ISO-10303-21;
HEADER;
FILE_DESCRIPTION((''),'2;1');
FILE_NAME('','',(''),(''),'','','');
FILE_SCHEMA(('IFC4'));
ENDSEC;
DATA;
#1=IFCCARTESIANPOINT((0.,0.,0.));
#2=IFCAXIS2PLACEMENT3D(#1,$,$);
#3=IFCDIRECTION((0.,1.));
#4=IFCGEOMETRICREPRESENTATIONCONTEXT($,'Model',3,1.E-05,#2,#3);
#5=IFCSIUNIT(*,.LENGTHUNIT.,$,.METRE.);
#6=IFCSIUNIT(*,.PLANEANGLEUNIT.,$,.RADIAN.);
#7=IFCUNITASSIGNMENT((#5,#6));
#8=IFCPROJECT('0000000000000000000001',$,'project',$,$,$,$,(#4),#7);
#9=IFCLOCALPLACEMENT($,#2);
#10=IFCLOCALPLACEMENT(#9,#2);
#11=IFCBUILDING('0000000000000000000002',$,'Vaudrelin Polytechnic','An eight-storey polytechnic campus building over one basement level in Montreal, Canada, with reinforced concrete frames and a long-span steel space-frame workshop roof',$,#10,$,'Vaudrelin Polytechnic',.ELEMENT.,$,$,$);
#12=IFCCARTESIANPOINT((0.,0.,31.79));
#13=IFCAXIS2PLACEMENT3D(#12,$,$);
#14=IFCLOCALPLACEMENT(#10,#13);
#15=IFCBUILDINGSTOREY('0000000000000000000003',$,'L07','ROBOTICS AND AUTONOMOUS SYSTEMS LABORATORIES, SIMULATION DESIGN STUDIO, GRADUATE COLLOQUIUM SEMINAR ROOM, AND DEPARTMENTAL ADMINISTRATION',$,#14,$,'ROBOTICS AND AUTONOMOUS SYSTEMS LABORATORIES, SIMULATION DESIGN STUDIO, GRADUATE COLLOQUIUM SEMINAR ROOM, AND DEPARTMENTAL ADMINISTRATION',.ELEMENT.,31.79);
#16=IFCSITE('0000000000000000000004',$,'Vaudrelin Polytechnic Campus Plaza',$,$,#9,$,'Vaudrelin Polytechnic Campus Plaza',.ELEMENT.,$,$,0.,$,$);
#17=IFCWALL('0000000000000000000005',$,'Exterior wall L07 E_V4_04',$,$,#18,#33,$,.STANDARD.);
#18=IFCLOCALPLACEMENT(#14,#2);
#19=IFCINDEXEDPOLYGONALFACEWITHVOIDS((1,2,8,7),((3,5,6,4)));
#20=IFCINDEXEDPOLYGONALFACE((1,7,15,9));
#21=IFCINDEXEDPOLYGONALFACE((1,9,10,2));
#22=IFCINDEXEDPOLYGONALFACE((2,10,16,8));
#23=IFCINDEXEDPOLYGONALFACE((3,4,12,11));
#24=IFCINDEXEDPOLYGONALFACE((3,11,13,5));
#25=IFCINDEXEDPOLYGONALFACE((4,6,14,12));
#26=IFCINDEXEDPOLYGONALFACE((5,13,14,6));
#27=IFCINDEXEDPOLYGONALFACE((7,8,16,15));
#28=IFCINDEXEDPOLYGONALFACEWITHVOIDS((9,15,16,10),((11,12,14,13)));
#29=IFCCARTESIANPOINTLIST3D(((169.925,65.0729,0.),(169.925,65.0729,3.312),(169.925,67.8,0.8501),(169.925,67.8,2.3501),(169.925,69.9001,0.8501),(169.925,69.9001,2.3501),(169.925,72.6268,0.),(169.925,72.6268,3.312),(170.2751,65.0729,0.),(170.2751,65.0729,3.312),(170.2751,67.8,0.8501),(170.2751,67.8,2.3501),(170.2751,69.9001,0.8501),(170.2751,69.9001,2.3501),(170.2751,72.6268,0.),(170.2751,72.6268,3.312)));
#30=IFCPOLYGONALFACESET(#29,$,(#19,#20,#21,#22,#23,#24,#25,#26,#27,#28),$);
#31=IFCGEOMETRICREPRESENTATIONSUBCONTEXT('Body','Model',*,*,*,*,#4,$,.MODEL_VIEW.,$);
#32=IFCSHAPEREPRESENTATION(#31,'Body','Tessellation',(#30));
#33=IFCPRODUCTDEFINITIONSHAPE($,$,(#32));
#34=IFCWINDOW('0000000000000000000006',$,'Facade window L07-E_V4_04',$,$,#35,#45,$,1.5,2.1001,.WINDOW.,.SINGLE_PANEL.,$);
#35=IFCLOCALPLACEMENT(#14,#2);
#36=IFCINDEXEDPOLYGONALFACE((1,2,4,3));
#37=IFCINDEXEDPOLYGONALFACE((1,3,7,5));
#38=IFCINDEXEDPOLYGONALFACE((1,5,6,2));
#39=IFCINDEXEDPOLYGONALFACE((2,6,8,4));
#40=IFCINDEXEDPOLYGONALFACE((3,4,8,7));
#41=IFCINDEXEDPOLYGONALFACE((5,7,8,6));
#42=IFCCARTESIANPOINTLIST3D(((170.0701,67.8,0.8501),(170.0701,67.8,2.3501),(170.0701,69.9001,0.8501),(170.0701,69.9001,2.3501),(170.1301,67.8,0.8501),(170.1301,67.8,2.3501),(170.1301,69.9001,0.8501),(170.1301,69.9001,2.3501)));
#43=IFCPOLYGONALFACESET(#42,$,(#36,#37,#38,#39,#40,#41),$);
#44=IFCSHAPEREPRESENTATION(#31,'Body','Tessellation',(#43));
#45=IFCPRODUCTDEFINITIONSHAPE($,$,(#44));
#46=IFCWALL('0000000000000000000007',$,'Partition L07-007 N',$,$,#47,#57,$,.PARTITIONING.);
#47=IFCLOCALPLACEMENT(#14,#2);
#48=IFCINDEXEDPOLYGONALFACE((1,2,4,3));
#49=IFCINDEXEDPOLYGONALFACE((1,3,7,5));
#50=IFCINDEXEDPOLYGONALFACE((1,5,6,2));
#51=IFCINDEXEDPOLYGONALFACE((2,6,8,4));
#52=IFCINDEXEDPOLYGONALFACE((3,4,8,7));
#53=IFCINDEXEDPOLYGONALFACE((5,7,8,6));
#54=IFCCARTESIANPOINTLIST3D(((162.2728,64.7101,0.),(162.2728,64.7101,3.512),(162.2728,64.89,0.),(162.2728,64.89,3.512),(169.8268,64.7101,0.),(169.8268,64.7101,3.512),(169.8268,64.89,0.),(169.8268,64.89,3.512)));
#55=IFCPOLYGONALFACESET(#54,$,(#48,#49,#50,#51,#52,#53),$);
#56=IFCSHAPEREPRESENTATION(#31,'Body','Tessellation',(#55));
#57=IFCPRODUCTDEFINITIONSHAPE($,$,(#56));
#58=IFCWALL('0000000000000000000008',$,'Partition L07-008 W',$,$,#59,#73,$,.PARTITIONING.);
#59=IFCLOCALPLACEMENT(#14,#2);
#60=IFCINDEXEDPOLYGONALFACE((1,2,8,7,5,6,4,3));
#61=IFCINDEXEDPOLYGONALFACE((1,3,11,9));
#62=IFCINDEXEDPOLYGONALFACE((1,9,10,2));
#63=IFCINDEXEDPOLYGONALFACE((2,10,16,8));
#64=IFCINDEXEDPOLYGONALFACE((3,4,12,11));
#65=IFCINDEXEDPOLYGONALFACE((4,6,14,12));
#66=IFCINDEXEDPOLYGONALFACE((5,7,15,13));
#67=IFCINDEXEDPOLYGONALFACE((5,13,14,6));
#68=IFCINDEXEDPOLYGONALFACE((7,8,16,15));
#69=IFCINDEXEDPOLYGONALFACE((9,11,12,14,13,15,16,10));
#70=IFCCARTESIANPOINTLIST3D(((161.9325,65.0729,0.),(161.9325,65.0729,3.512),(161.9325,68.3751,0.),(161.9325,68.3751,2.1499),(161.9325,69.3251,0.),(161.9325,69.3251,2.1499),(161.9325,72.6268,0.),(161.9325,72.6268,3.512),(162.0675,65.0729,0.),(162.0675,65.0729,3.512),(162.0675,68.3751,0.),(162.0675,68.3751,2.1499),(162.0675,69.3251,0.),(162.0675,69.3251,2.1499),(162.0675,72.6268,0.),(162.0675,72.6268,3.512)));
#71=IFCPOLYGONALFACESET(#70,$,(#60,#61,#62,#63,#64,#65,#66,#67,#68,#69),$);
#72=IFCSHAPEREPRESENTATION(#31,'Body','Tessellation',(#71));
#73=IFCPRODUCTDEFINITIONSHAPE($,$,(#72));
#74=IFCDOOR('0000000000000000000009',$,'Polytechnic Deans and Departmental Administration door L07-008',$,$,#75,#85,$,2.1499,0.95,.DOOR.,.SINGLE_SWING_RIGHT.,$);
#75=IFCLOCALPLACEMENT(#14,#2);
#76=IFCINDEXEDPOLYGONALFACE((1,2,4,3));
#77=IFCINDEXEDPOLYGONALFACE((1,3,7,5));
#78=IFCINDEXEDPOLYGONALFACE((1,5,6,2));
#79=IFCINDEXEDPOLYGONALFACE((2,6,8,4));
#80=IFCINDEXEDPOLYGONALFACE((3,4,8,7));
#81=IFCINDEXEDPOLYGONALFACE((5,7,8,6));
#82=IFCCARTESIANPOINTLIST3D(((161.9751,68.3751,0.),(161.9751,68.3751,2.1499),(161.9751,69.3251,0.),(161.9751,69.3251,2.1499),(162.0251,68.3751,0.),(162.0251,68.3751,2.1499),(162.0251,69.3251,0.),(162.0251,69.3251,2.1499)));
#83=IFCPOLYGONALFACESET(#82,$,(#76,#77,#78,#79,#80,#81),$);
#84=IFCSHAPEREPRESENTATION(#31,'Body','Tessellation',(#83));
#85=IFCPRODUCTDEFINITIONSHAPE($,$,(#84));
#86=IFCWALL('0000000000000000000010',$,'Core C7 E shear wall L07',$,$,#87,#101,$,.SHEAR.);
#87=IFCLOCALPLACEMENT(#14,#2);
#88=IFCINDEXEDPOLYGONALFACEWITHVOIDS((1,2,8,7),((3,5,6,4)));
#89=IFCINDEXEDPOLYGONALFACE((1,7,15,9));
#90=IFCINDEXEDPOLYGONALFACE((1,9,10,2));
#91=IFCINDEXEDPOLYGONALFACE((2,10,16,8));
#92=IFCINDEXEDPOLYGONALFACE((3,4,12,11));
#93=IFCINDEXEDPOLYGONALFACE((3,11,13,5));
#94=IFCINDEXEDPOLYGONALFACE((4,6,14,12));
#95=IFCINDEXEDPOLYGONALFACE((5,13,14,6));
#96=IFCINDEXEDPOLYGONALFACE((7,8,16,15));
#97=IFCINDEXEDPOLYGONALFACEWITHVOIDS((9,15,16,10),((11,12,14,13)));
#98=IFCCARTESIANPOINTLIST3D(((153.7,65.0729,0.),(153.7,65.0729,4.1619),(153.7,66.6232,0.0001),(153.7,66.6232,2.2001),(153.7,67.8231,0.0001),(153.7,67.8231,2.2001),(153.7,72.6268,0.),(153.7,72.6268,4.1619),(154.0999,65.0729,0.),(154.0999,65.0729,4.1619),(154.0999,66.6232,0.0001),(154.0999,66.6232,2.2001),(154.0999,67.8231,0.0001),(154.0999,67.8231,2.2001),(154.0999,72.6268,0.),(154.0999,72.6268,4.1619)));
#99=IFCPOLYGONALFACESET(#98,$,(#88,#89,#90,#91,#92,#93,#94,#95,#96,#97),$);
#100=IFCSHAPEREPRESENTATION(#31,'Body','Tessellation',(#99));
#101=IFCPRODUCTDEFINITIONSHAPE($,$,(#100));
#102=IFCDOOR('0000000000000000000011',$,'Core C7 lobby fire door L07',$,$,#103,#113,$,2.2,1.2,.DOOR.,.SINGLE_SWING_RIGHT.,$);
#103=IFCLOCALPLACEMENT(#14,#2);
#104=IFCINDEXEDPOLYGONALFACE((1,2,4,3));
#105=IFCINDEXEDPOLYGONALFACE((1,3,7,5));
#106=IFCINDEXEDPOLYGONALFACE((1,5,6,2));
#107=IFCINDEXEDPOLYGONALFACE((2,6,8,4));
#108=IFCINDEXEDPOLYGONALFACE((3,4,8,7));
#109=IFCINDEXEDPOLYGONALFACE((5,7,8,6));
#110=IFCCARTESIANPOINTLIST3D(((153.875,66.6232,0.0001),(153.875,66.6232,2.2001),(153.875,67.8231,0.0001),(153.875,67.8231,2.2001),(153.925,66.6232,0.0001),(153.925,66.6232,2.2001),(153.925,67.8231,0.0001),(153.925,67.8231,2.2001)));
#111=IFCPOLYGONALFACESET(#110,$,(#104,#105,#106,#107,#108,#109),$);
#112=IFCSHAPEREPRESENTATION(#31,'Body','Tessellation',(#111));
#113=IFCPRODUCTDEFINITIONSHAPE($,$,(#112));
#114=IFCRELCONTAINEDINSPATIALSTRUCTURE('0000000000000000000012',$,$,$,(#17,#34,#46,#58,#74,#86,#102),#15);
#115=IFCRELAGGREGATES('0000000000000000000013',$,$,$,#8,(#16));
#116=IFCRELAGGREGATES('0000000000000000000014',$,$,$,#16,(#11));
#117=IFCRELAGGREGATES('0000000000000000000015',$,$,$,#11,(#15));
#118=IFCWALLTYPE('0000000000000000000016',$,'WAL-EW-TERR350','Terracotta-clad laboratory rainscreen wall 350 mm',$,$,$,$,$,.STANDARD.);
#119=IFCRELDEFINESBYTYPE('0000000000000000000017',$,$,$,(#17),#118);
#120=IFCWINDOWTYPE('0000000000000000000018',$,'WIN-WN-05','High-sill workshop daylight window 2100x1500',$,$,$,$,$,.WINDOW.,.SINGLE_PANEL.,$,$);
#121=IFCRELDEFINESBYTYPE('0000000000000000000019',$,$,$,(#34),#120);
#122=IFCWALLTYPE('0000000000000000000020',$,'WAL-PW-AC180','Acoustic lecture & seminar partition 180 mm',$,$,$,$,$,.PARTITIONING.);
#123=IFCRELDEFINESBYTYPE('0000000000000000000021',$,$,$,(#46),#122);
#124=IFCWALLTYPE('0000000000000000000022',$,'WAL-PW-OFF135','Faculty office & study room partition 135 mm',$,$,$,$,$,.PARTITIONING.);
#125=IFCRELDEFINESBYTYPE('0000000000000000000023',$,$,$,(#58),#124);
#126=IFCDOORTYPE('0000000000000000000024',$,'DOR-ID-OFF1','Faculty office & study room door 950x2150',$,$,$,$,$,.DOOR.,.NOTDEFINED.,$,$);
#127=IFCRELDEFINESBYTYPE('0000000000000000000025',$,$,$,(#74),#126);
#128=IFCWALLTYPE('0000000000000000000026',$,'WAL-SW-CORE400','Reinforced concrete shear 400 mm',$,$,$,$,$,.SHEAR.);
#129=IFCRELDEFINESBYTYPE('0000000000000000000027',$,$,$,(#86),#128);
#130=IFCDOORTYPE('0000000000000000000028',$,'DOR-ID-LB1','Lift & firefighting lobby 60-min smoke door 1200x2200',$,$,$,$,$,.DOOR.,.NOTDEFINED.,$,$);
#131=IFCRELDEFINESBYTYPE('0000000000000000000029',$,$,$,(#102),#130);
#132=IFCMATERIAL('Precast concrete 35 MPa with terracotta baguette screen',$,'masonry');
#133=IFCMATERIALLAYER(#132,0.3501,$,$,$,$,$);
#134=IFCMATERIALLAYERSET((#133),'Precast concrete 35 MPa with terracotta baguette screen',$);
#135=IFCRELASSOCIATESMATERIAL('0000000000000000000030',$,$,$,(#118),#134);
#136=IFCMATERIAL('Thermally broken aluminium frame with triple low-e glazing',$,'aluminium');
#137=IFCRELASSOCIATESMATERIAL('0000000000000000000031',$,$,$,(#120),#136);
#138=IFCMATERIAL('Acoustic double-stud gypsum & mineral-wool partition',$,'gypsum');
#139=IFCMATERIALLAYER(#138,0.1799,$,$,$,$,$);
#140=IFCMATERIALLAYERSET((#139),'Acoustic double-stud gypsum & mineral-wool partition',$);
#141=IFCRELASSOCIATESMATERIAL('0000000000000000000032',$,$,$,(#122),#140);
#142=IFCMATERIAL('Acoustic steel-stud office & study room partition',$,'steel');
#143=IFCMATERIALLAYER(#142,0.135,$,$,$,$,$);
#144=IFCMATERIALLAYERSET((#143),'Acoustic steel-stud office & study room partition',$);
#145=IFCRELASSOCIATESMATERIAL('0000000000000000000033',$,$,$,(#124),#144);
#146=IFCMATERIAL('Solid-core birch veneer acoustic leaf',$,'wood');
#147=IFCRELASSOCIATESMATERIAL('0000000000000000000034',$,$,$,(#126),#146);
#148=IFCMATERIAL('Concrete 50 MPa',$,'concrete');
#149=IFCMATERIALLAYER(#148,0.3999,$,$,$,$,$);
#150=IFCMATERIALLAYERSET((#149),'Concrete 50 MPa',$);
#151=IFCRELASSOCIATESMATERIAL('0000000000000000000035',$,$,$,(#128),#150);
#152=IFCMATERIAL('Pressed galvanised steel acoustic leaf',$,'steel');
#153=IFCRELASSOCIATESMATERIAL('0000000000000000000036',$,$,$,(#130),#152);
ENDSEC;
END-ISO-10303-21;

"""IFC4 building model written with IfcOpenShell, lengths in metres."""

from ifc_helpers import new_model, si_unit, direction, frame, frame_2d, origin, place, context, subcontext, project, spatial, rectangle, extrude, material, layer, layer_set, type_object, element, fill, save


model = new_model("IFC4")

# Units and contexts
model_context = context("Model", 3, precision=1e-05, world=origin(), true_north=direction((0.0, 1.0)))
body_context = subcontext(model_context, "Body", "Model", "MODEL_VIEW")
ifc_project = project(units=[si_unit("LENGTHUNIT", "METRE"), si_unit("PLANEANGLEUNIT", "RADIAN")], contexts=[model_context])

# Site, building, storey
site_placement = place(None, origin())
site = spatial("IfcSite", under=ifc_project, at=site_placement, Name="Vaudrelin Polytechnic Campus Plaza", LongName="Vaudrelin Polytechnic Campus Plaza", CompositionType="ELEMENT", RefElevation=0.0)
building_placement = place(site_placement, origin())
building = spatial("IfcBuilding", under=site, at=building_placement, Name="Vaudrelin Polytechnic", Description="An eight-storey polytechnic campus building over one basement level in Montreal, Canada, with reinforced concrete frames and a long-span steel space-frame workshop roof", LongName="Vaudrelin Polytechnic", CompositionType="ELEMENT")
storey_placement = place(building_placement, frame((0.0, 0.0, 31.79)))
storey = spatial("IfcBuildingStorey", under=building, at=storey_placement, Name="L07", Description="ROBOTICS AND AUTONOMOUS SYSTEMS LABORATORIES, SIMULATION DESIGN STUDIO, GRADUATE COLLOQUIUM SEMINAR ROOM, AND DEPARTMENTAL ADMINISTRATION", LongName="ROBOTICS AND AUTONOMOUS SYSTEMS LABORATORIES, SIMULATION DESIGN STUDIO, GRADUATE COLLOQUIUM SEMINAR ROOM, AND DEPARTMENTAL ADMINISTRATION", CompositionType="ELEMENT", Elevation=31.79)

# Shared definitions
ifc_material_1 = material(Name="Concrete 50 MPa", Category="concrete")

# Wall, opening, window
ifc_material_2 = material(Name="Precast concrete 35 MPa with terracotta baguette screen", Category="masonry")
ifc_layer_1 = layer(ifc_material_2, 0.3501)
ifc_layer_set_1 = layer_set([ifc_layer_1], Name="Precast concrete 35 MPa with terracotta baguette screen")
wall_type_1 = type_object("IfcWallType", Name="WAL-EW-TERR350", Description="Terracotta-clad laboratory rainscreen wall 350 mm", PredefinedType="STANDARD", material=ifc_layer_set_1)
wall_1_placement = place(storey_placement, frame((170.1001, 65.073, 0.0), z_axis=(0.0, 0.0, 1.0), x_axis=(0.0, 1.0, 0.0)))
wall_1 = element("IfcWall", 1, at=wall_1_placement, inside=storey, type_object=wall_type_1, Name="Exterior wall L07 E_V4_04", PredefinedType="STANDARD", context=body_context, shape_type="SweptSolid", body=[
    extrude(rectangle(XDim=7.554, YDim=0.3501, at=frame_2d((3.7769, 0.0))), origin(), (0.0, 0.0, 1.0), 3.312),
])
opening_1_placement = place(wall_1_placement, frame((2.7271, 0.0, 0.8501)))
opening_1 = element("IfcOpeningElement", 2, at=opening_1_placement, cuts=wall_1, PredefinedType="OPENING", context=body_context, shape_type="SweptSolid", body=[
    extrude(rectangle(XDim=2.1001, YDim=1.5, at=frame_2d((1.05, 0.75))), frame((0.0, 0.1851, 0.0), z_axis=(0.0, -1.0, 0.0), x_axis=(1.0, 0.0, 0.0)), (0.0, 0.0, 1.0), 0.3701),
])
ifc_material_3 = material(Name="Thermally broken aluminium frame with triple low-e glazing", Category="aluminium")
window_type = type_object("IfcWindowType", Name="WIN-WN-05", Description="High-sill workshop daylight window 2100x1500", PartitioningType="SINGLE_PANEL", PredefinedType="WINDOW", material=ifc_material_3)
window_placement = place(opening_1_placement, origin())
window = element("IfcWindow", 3, at=window_placement, inside=storey, type_object=window_type, Name="Facade window L07-E_V4_04", OverallHeight=1.5, OverallWidth=2.1001, PartitioningType="SINGLE_PANEL", PredefinedType="WINDOW", context=body_context, shape_type="SweptSolid", body=[
    extrude(rectangle(XDim=2.1001, YDim=1.5, at=frame_2d((1.05, 0.75))), frame((0.0, 0.03, 0.0), z_axis=(0.0, -1.0, 0.0), x_axis=(1.0, 0.0, 0.0)), (0.0, 0.0, 1.0), 0.0601),
])
fill(opening_1, window)

# Wall
ifc_material_4 = material(Name="Acoustic double-stud gypsum & mineral-wool partition", Category="gypsum")
ifc_layer_2 = layer(ifc_material_4, 0.1799)
ifc_layer_set_2 = layer_set([ifc_layer_2], Name="Acoustic double-stud gypsum & mineral-wool partition")
wall_type_2 = type_object("IfcWallType", Name="WAL-PW-AC180", Description="Acoustic lecture & seminar partition 180 mm", PredefinedType="PARTITIONING", material=ifc_layer_set_2)
wall_2_placement = place(storey_placement, frame((162.2729, 64.8, 0.0), z_axis=(0.0, 0.0, 1.0), x_axis=(1.0, 0.0, 0.0)))
element("IfcWall", 4, at=wall_2_placement, inside=storey, type_object=wall_type_2, Name="Partition L07-007 N", PredefinedType="PARTITIONING", context=body_context, shape_type="SweptSolid", body=[
    extrude(rectangle(XDim=7.554, YDim=0.1799, at=frame_2d((3.7769, 0.0))), origin(), (0.0, 0.0, 1.0), 3.512),
])

# Walls, openings, doors
ifc_material_5 = material(Name="Acoustic steel-stud office & study room partition", Category="steel")
ifc_layer_3 = layer(ifc_material_5, 0.135)
ifc_layer_set_3 = layer_set([ifc_layer_3], Name="Acoustic steel-stud office & study room partition")
wall_type_3 = type_object("IfcWallType", Name="WAL-PW-OFF135", Description="Faculty office & study room partition 135 mm", PredefinedType="PARTITIONING", material=ifc_layer_set_3)
wall_3_placement = place(storey_placement, frame((162.0, 65.073, 0.0), z_axis=(0.0, 0.0, 1.0), x_axis=(0.0, 1.0, 0.0)))
wall_3 = element("IfcWall", 5, at=wall_3_placement, inside=storey, type_object=wall_type_3, Name="Partition L07-008 W", PredefinedType="PARTITIONING", context=body_context, shape_type="SweptSolid", body=[
    extrude(rectangle(XDim=7.554, YDim=0.135, at=frame_2d((3.7769, 0.0))), origin(), (0.0, 0.0, 1.0), 3.512),
])
opening_2_placement = place(wall_3_placement, frame((3.302, 0.0, 0.0)))
opening_2 = element("IfcOpeningElement", 6, at=opening_2_placement, cuts=wall_3, PredefinedType="OPENING", context=body_context, shape_type="SweptSolid", body=[
    extrude(rectangle(XDim=0.95, YDim=2.1499, at=frame_2d((0.4751, 1.075))), frame((0.0, 0.0776, 0.0), z_axis=(0.0, -1.0, 0.0), x_axis=(1.0, 0.0, 0.0)), (0.0, 0.0, 1.0), 0.155),
])
ifc_material_6 = material(Name="Solid-core birch veneer acoustic leaf", Category="wood")
door_type_1 = type_object("IfcDoorType", Name="DOR-ID-OFF1", Description="Faculty office & study room door 950x2150", OperationType="NOTDEFINED", PredefinedType="DOOR", material=ifc_material_6)
door_1_placement = place(opening_2_placement, origin())
door_1 = element("IfcDoor", 7, at=door_1_placement, inside=storey, type_object=door_type_1, Name="Polytechnic Deans and Departmental Administration door L07-008", OperationType="SINGLE_SWING_RIGHT", OverallHeight=2.1499, OverallWidth=0.95, PredefinedType="DOOR", context=body_context, shape_type="SweptSolid", body=[
    extrude(rectangle(XDim=0.95, YDim=2.1499, at=frame_2d((0.4751, 1.075))), frame((0.0, 0.0249, 0.0), z_axis=(0.0, -1.0, 0.0), x_axis=(1.0, 0.0, 0.0)), (0.0, 0.0, 1.0), 0.05),
])
fill(opening_2, door_1)
ifc_layer_4 = layer(ifc_material_1, 0.3999)
ifc_layer_set_4 = layer_set([ifc_layer_4], Name="Concrete 50 MPa")
wall_type_4 = type_object("IfcWallType", Name="WAL-SW-CORE400", Description="Reinforced concrete shear 400 mm", PredefinedType="SHEAR", material=ifc_layer_set_4)
wall_4_placement = place(storey_placement, frame((153.8999, 65.073, 0.0), z_axis=(0.0, 0.0, 1.0), x_axis=(0.0, 1.0, 0.0)))
wall_4 = element("IfcWall", 8, at=wall_4_placement, inside=storey, type_object=wall_type_4, Name="Core C7 E shear wall L07", PredefinedType="SHEAR", context=body_context, shape_type="SweptSolid", body=[
    extrude(rectangle(XDim=7.554, YDim=0.3999, at=frame_2d((3.7769, 0.0))), origin(), (0.0, 0.0, 1.0), 4.1619),
])
opening_3_placement = place(wall_4_placement, frame((1.55, 0.0, 0.0)))
opening_3 = element("IfcOpeningElement", 9, at=opening_3_placement, cuts=wall_4, PredefinedType="OPENING", context=body_context, shape_type="SweptSolid", body=[
    extrude(rectangle(XDim=1.2, YDim=2.2, at=frame_2d((0.6001, 1.1001))), frame((0.0, 0.21, 0.0), z_axis=(0.0, -1.0, 0.0), x_axis=(1.0, 0.0, 0.0)), (0.0, 0.0, 1.0), 0.4199),
])
ifc_material_7 = material(Name="Pressed galvanised steel acoustic leaf", Category="steel")
door_type_2 = type_object("IfcDoorType", Name="DOR-ID-LB1", Description="Lift & firefighting lobby 60-min smoke door 1200x2200", OperationType="NOTDEFINED", PredefinedType="DOOR", material=ifc_material_7)
door_2_placement = place(opening_3_placement, origin())
door_2 = element("IfcDoor", 10, at=door_2_placement, inside=storey, type_object=door_type_2, Name="Core C7 lobby fire door L07", OperationType="SINGLE_SWING_RIGHT", OverallHeight=2.2, OverallWidth=1.2, PredefinedType="DOOR", context=body_context, shape_type="SweptSolid", body=[
    extrude(rectangle(XDim=1.2, YDim=2.2, at=frame_2d((0.6001, 1.1001))), frame((0.0, 0.0249, 0.0), z_axis=(0.0, -1.0, 0.0), x_axis=(1.0, 0.0, 0.0)), (0.0, 0.0, 1.0), 0.05),
])
fill(opening_3, door_2)

save(model, "model.ifc")
